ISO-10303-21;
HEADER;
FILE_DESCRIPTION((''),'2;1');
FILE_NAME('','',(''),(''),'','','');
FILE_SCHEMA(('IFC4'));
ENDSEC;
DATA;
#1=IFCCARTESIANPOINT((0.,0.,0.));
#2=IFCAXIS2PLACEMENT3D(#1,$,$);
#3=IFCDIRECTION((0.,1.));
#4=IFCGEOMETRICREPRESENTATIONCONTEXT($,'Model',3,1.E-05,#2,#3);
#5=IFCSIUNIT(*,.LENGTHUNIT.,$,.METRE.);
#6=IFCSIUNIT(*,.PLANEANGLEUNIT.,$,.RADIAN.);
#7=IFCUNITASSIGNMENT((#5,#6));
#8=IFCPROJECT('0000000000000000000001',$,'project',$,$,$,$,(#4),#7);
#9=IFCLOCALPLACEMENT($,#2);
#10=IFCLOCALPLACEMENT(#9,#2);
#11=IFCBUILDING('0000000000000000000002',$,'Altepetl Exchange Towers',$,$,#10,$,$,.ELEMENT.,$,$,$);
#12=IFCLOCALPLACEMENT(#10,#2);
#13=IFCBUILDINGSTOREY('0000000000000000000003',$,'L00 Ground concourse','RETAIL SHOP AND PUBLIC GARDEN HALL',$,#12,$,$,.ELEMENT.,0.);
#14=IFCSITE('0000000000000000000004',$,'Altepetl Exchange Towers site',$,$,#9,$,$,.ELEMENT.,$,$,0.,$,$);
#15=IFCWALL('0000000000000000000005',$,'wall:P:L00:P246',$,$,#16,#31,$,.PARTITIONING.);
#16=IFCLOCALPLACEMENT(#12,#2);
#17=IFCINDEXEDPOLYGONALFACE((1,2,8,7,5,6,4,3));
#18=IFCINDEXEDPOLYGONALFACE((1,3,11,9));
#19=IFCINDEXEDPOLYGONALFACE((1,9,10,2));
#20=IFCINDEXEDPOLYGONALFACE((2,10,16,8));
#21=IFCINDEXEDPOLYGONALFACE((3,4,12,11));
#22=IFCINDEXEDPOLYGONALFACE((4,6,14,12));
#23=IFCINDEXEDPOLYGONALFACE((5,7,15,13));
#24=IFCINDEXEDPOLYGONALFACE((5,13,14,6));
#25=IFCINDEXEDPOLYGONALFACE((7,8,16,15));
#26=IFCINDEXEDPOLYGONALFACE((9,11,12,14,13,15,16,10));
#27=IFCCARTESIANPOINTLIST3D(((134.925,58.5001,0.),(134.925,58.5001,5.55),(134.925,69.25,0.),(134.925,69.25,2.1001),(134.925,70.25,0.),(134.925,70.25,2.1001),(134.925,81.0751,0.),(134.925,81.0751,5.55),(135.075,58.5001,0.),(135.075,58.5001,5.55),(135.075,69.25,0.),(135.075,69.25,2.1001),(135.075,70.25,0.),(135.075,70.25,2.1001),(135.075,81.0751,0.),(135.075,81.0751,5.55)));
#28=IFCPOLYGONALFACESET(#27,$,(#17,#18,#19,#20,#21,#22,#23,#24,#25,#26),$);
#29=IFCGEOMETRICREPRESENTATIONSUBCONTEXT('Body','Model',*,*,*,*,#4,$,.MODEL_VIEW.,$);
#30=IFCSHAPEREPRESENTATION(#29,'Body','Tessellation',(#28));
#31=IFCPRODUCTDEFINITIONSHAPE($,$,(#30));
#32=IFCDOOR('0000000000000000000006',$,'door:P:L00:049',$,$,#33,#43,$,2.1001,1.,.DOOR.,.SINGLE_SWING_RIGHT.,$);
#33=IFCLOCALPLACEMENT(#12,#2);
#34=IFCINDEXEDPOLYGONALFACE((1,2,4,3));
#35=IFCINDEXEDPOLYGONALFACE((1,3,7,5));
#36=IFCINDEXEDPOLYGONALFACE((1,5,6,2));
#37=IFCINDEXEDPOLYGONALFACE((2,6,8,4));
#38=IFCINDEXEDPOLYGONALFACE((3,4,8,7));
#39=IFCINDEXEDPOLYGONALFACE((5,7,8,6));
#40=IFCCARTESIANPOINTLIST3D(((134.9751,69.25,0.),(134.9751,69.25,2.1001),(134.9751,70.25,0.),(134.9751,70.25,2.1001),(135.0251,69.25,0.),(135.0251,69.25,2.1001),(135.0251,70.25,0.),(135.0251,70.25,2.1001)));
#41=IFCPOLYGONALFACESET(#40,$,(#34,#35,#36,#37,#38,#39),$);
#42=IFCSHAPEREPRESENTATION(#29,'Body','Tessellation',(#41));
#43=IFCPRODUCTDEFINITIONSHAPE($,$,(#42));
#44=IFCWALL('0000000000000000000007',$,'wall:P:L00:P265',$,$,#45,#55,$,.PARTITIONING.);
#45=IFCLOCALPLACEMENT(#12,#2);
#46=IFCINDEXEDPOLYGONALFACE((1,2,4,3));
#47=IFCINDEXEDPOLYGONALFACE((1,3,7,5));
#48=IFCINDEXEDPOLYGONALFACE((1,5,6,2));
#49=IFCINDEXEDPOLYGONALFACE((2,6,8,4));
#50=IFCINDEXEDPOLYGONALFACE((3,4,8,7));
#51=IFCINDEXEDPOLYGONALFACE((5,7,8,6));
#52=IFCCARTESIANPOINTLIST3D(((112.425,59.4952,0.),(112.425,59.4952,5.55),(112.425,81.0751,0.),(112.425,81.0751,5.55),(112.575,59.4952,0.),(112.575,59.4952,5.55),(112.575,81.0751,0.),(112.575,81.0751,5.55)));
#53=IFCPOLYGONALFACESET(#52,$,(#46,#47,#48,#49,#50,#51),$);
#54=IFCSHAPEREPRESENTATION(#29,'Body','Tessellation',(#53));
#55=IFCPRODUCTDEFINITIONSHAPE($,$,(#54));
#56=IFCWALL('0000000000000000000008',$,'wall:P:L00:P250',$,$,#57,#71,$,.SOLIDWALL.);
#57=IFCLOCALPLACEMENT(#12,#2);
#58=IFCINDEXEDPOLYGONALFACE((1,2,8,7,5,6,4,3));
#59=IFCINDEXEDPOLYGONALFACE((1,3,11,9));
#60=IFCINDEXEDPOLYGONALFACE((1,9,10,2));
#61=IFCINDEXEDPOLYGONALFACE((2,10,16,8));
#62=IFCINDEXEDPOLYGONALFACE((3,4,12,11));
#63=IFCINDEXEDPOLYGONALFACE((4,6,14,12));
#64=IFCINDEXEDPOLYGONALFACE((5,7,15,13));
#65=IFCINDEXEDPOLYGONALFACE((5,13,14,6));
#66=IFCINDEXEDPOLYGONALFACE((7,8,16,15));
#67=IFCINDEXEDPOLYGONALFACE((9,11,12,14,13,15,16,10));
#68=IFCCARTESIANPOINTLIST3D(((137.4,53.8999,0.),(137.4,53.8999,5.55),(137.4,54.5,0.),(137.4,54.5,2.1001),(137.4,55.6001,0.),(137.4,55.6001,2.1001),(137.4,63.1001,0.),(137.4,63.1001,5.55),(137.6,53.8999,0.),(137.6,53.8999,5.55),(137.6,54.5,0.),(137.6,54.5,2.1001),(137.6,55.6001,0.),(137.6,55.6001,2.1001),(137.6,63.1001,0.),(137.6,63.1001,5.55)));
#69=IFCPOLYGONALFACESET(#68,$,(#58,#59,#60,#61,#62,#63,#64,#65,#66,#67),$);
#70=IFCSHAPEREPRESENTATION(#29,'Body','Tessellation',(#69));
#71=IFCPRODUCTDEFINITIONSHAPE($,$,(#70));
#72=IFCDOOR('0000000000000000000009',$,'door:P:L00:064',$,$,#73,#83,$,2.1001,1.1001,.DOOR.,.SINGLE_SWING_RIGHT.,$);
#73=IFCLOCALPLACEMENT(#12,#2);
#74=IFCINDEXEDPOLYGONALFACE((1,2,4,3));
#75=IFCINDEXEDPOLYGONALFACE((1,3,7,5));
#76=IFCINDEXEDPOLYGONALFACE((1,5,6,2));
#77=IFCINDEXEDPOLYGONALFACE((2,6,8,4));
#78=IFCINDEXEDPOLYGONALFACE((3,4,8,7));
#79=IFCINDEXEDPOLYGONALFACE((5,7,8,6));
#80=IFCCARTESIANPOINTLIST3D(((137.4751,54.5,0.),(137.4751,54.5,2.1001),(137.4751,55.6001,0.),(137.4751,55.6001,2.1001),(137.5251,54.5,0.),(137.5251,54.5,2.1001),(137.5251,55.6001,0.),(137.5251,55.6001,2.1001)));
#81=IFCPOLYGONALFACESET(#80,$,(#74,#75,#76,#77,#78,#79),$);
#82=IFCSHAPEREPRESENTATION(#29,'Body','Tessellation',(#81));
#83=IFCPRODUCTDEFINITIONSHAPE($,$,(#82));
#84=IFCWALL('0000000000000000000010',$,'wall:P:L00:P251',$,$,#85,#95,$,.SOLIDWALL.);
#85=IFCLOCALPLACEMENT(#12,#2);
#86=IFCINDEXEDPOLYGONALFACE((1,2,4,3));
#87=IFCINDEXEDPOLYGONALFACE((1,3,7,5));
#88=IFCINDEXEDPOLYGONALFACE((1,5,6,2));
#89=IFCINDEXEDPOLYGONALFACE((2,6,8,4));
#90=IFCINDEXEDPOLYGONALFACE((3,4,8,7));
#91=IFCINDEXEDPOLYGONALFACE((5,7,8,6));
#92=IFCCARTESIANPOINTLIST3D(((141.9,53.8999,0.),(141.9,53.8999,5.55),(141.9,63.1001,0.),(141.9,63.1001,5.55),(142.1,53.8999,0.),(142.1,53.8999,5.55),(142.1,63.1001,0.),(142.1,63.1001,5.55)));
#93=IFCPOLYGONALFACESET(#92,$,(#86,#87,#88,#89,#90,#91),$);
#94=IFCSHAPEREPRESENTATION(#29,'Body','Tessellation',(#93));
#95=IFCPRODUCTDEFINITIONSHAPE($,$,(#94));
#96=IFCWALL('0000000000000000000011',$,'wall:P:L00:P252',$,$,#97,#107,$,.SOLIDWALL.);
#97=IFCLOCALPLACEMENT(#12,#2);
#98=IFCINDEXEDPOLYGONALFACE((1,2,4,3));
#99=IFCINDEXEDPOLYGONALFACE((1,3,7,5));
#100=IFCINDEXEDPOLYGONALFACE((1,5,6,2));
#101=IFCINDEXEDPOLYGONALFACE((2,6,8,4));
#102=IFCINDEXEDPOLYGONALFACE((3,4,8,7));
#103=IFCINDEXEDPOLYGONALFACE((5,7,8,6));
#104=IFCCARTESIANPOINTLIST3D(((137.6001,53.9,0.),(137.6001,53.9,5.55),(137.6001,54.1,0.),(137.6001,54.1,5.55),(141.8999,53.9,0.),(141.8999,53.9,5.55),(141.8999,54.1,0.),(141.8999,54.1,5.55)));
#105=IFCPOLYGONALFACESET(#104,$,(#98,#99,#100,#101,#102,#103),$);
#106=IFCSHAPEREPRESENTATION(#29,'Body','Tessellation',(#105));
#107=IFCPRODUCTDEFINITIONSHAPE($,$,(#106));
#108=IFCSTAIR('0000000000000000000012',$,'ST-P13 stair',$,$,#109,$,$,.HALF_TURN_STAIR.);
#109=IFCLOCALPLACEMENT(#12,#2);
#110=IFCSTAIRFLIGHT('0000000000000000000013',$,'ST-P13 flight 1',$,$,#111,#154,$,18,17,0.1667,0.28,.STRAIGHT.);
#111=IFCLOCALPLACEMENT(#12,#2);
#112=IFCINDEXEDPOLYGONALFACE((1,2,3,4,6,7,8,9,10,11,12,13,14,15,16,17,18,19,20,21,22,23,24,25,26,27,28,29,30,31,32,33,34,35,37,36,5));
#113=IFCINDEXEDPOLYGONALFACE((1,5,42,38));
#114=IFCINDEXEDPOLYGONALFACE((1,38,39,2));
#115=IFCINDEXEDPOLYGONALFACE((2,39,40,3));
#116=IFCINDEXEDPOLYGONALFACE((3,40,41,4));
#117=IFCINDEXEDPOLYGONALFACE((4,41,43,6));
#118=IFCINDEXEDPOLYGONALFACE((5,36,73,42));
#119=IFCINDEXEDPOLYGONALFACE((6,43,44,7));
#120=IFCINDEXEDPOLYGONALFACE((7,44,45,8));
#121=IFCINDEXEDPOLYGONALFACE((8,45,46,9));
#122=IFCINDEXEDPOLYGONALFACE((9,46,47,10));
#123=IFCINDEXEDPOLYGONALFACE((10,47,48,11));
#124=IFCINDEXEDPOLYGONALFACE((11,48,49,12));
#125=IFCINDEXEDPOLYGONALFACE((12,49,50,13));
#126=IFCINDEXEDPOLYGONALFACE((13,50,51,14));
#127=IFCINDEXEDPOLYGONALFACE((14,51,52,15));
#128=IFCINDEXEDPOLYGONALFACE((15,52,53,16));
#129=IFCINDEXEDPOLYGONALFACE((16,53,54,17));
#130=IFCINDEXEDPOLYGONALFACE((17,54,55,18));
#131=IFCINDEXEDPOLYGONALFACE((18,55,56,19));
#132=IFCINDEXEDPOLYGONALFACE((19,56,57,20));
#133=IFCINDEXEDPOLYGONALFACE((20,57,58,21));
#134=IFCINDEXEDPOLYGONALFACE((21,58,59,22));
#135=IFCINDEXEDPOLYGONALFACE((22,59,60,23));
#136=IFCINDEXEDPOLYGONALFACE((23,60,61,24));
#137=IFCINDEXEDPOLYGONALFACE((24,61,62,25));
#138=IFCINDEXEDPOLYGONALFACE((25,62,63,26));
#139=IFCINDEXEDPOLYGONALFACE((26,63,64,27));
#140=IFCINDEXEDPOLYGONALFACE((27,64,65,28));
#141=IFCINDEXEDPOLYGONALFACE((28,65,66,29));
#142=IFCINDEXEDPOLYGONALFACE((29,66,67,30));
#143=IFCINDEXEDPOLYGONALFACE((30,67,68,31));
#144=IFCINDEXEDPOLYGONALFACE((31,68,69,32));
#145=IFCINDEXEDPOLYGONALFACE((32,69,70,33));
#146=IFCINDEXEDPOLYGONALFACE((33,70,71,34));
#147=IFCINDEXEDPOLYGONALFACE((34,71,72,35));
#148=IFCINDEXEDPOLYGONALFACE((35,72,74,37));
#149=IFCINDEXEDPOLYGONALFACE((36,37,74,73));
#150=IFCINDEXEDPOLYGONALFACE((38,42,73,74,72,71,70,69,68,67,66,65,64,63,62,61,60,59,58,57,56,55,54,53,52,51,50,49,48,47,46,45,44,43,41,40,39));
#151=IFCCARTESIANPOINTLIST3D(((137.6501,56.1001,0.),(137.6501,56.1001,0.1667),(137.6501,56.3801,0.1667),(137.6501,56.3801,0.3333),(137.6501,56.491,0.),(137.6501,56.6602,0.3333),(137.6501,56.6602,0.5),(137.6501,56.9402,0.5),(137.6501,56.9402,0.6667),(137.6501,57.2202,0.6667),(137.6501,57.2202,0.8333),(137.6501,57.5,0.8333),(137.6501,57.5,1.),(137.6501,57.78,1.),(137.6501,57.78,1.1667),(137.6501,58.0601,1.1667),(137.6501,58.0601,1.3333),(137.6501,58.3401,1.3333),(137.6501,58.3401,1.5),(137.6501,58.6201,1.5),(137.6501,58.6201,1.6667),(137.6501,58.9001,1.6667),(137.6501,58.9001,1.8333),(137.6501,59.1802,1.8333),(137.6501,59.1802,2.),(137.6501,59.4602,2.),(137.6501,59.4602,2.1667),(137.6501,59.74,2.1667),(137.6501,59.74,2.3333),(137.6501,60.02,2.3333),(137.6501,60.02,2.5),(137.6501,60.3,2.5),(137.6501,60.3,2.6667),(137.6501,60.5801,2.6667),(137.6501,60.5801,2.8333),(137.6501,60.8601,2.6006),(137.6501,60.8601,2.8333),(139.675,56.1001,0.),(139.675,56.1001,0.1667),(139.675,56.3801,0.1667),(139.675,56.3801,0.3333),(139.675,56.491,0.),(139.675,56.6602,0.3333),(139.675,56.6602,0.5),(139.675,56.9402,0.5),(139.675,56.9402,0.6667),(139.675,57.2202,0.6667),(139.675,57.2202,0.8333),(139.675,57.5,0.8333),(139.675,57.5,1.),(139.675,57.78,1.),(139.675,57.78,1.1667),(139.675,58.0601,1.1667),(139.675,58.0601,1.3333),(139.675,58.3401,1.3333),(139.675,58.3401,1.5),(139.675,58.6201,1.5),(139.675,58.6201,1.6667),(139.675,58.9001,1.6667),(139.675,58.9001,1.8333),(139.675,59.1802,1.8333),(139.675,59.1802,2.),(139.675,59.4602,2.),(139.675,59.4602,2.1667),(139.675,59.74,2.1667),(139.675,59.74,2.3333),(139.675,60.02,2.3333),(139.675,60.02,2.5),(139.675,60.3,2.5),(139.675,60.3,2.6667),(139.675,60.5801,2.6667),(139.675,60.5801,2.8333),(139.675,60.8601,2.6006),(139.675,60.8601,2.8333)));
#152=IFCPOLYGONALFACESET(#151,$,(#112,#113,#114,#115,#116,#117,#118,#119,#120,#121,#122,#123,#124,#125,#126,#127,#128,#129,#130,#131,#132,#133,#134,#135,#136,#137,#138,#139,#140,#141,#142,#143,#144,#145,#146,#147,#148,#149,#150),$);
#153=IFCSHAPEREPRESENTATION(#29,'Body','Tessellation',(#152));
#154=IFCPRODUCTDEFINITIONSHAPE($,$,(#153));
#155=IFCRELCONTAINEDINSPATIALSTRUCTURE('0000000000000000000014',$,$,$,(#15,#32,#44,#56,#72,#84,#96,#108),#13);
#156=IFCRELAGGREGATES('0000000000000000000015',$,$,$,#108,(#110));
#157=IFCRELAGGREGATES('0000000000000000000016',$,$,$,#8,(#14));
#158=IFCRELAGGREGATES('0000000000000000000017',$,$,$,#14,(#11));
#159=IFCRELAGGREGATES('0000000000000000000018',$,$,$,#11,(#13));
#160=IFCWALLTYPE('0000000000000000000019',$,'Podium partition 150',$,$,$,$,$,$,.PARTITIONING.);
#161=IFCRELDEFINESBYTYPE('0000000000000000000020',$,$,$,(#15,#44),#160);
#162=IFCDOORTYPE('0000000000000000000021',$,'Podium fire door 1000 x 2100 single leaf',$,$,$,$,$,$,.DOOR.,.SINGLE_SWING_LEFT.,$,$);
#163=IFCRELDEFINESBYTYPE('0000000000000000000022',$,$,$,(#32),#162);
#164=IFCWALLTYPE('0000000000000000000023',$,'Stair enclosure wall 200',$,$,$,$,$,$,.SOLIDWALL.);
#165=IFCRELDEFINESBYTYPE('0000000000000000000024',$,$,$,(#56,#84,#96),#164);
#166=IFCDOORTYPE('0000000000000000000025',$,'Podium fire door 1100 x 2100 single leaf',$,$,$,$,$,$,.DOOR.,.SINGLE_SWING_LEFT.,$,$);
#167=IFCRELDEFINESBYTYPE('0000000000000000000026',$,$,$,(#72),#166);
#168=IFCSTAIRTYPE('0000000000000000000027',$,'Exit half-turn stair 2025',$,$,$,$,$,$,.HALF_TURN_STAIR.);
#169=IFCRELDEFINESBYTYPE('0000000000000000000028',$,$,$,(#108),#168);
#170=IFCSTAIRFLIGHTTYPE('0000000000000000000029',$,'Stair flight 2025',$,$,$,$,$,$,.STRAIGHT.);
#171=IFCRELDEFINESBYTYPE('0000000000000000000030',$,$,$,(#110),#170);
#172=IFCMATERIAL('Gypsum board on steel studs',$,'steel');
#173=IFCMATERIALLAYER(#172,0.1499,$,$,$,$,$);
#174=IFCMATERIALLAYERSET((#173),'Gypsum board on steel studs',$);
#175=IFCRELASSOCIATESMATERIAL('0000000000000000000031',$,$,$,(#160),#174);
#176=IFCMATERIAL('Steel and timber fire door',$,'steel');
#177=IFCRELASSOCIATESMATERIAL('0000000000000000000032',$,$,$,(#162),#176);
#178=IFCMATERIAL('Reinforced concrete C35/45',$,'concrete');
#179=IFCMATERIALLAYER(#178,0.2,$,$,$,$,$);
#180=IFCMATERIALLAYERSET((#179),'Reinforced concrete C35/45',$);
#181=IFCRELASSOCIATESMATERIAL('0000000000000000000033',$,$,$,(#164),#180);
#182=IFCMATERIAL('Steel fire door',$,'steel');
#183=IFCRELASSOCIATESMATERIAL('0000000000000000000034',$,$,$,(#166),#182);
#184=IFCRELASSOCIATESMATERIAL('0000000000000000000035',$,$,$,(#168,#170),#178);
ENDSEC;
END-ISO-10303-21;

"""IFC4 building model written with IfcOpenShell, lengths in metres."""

from ifc_helpers import new_model, si_unit, direction, frame, frame_2d, origin, place, context, subcontext, project, spatial, polyline, rectangle, outline, extrude, material, layer, layer_set, type_object, element, fill, aggregate, save


model = new_model("IFC4")

# Units and contexts
model_context = context("Model", 3, precision=1e-05, world=origin(), true_north=direction((0.0, 1.0)))
body_context = subcontext(model_context, "Body", "Model", "MODEL_VIEW")
ifc_project = project(units=[si_unit("LENGTHUNIT", "METRE"), si_unit("PLANEANGLEUNIT", "RADIAN")], contexts=[model_context])

# Site, building, storey
site_placement = place(None, origin())
site = spatial("IfcSite", under=ifc_project, at=site_placement, Name="Altepetl Exchange Towers site", CompositionType="ELEMENT", RefElevation=0.0)
building_placement = place(site_placement, origin())
building = spatial("IfcBuilding", under=site, at=building_placement, Name="Altepetl Exchange Towers", CompositionType="ELEMENT")
storey_placement = place(building_placement, origin())
storey = spatial("IfcBuildingStorey", under=building, at=storey_placement, Name="L00 Ground concourse", Description="RETAIL SHOP AND PUBLIC GARDEN HALL", CompositionType="ELEMENT", Elevation=0.0)

# Shared definitions
ifc_material_1 = material(Name="Gypsum board on steel studs", Category="steel")
ifc_layer_1 = layer(ifc_material_1, 0.1499)
ifc_layer_set_1 = layer_set([ifc_layer_1], Name="Gypsum board on steel studs")
wall_type_1 = type_object("IfcWallType", Name="Podium partition 150", PredefinedType="PARTITIONING", material=ifc_layer_set_1)
ifc_material_2 = material(Name="Steel and timber fire door", Category="steel")
door_type_1 = type_object("IfcDoorType", Name="Podium fire door 1000 x 2100 single leaf", OperationType="SINGLE_SWING_LEFT", PredefinedType="DOOR", material=ifc_material_2)

# Wall, opening, door
wall_1_placement = place(storey_placement, frame((135.0, 58.5, 0.0), z_axis=(0.0, 0.0, 1.0), x_axis=(0.0, 1.0, 0.0)))
wall_1 = element("IfcWall", 1, at=wall_1_placement, inside=storey, type_object=wall_type_1, Name="wall:P:L00:P246", PredefinedType="PARTITIONING", context=body_context, shape_type="SweptSolid", body=[
    extrude(rectangle(XDim=22.575, YDim=0.1499, at=frame_2d((11.2876, 0.0))), origin(), (0.0, 0.0, 1.0), 5.55),
])
opening_1_placement = place(wall_1_placement, frame((10.75, 0.0, 0.0)))
opening_1 = element("IfcOpeningElement", 2, at=opening_1_placement, cuts=wall_1, PredefinedType="OPENING", context=body_context, shape_type="SweptSolid", body=[
    extrude(rectangle(XDim=1.0, YDim=2.1001, at=frame_2d((0.5, 1.05))), frame((0.0, 0.085, 0.0), z_axis=(0.0, -1.0, 0.0), x_axis=(1.0, 0.0, 0.0)), (0.0, 0.0, 1.0), 0.1699),
])
door_1_placement = place(opening_1_placement, origin())
door_1 = element("IfcDoor", 3, at=door_1_placement, inside=storey, type_object=door_type_1, Name="door:P:L00:049", OperationType="SINGLE_SWING_RIGHT", OverallHeight=2.1001, OverallWidth=1.0, PredefinedType="DOOR", context=body_context, shape_type="SweptSolid", body=[
    extrude(rectangle(XDim=1.0, YDim=2.1001, at=frame_2d((0.5, 1.05))), frame((0.0, 0.0249, 0.0), z_axis=(0.0, -1.0, 0.0), x_axis=(1.0, 0.0, 0.0)), (0.0, 0.0, 1.0), 0.05),
])
fill(opening_1, door_1)

# Wall
wall_2_placement = place(storey_placement, frame((112.5, 59.4951, 0.0), z_axis=(0.0, 0.0, 1.0), x_axis=(0.0, 1.0, 0.0)))
element("IfcWall", 4, at=wall_2_placement, inside=storey, type_object=wall_type_1, Name="wall:P:L00:P265", PredefinedType="PARTITIONING", context=body_context, shape_type="SweptSolid", body=[
    extrude(rectangle(XDim=21.5798, YDim=0.1499, at=frame_2d((10.79, 0.0))), origin(), (0.0, 0.0, 1.0), 5.55),
])

# Wall, opening, door
ifc_material_3 = material(Name="Reinforced concrete C35/45", Category="concrete")
ifc_layer_2 = layer(ifc_material_3, 0.2)
ifc_layer_set_2 = layer_set([ifc_layer_2], Name="Reinforced concrete C35/45")
wall_type_2 = type_object("IfcWallType", Name="Stair enclosure wall 200", PredefinedType="SOLIDWALL", material=ifc_layer_set_2)
wall_3_placement = place(storey_placement, frame((137.5, 53.8999, 0.0), z_axis=(0.0, 0.0, 1.0), x_axis=(0.0, 1.0, 0.0)))
wall_3 = element("IfcWall", 5, at=wall_3_placement, inside=storey, type_object=wall_type_2, Name="wall:P:L00:P250", PredefinedType="SOLIDWALL", context=body_context, shape_type="SweptSolid", body=[
    extrude(rectangle(XDim=9.2002, YDim=0.2, at=frame_2d((4.6001, 0.0))), origin(), (0.0, 0.0, 1.0), 5.55),
])
opening_2_placement = place(wall_3_placement, frame((0.6001, 0.0, 0.0)))
opening_2 = element("IfcOpeningElement", 6, at=opening_2_placement, cuts=wall_3, PredefinedType="OPENING", context=body_context, shape_type="SweptSolid", body=[
    extrude(rectangle(XDim=1.1001, YDim=2.1001, at=frame_2d((0.55, 1.05))), frame((0.0, 0.1099, 0.0), z_axis=(0.0, -1.0, 0.0), x_axis=(1.0, 0.0, 0.0)), (0.0, 0.0, 1.0), 0.22),
])
ifc_material_4 = material(Name="Steel fire door", Category="steel")
door_type_2 = type_object("IfcDoorType", Name="Podium fire door 1100 x 2100 single leaf", OperationType="SINGLE_SWING_LEFT", PredefinedType="DOOR", material=ifc_material_4)
door_2_placement = place(opening_2_placement, origin())
door_2 = element("IfcDoor", 7, at=door_2_placement, inside=storey, type_object=door_type_2, Name="door:P:L00:064", OperationType="SINGLE_SWING_RIGHT", OverallHeight=2.1001, OverallWidth=1.1001, PredefinedType="DOOR", context=body_context, shape_type="SweptSolid", body=[
    extrude(rectangle(XDim=1.1001, YDim=2.1001, at=frame_2d((0.55, 1.05))), frame((0.0, 0.0249, 0.0), z_axis=(0.0, -1.0, 0.0), x_axis=(1.0, 0.0, 0.0)), (0.0, 0.0, 1.0), 0.05),
])
fill(opening_2, door_2)

# Walls
wall_4_placement = place(storey_placement, frame((142.0, 53.8999, 0.0), z_axis=(0.0, 0.0, 1.0), x_axis=(0.0, 1.0, 0.0)))
element("IfcWall", 8, at=wall_4_placement, inside=storey, type_object=wall_type_2, Name="wall:P:L00:P251", PredefinedType="SOLIDWALL", context=body_context, shape_type="SweptSolid", body=[
    extrude(rectangle(XDim=9.2002, YDim=0.2, at=frame_2d((4.6001, 0.0))), origin(), (0.0, 0.0, 1.0), 5.55),
])
wall_5_placement = place(storey_placement, frame((137.6001, 54.0, 0.0)))
element("IfcWall", 9, at=wall_5_placement, inside=storey, type_object=wall_type_2, Name="wall:P:L00:P252", PredefinedType="SOLIDWALL", context=body_context, shape_type="SweptSolid", body=[
    extrude(rectangle(XDim=4.2998, YDim=0.2, at=frame_2d((2.1499, 0.0))), origin(), (0.0, 0.0, 1.0), 5.55),
])

# Stair, stair flight
stair_type = type_object("IfcStairType", Name="Exit half-turn stair 2025", PredefinedType="HALF_TURN_STAIR", material=ifc_material_3)
stair_placement = place(storey_placement, origin())
stair = element("IfcStair", 10, at=stair_placement, inside=storey, type_object=stair_type, Name="ST-P13 stair", PredefinedType="HALF_TURN_STAIR")
stair_flight_type = type_object("IfcStairFlightType", Name="Stair flight 2025", PredefinedType="STRAIGHT", material=ifc_material_3)
stair_flight_placement = place(storey_placement, frame((138.6626, 56.1001, 0.0), z_axis=(0.0, 0.0, 1.0), x_axis=(0.0, 1.0, 0.0)))
stair_flight = element("IfcStairFlight", 11, at=stair_flight_placement, type_object=stair_flight_type, Name="ST-P13 flight 1", NumberOfRisers=18, NumberOfTreads=17, PredefinedType="STRAIGHT", RiserHeight=0.1667, TreadLength=0.28, context=body_context, shape_type="SweptSolid", body=[
    extrude(outline(polyline([(0.0, 0.0), (0.0, 0.1667), (0.28, 0.1667), (0.28, 0.3333), (0.5601, 0.3333), (0.5601, 0.5), (0.8401, 0.5), (0.8401, 0.6667), (1.1201, 0.6667), (1.1201, 0.8333), (1.3999, 0.8333), (1.3999, 1.0), (1.6799, 1.0), (1.6799, 1.1667), (1.96, 1.1667), (1.96, 1.3333), (2.24, 1.3333), (2.24, 1.5), (2.52, 1.5), (2.52, 1.6667), (2.8, 1.6667), (2.8, 1.8333), (3.0801, 1.8333), (3.0801, 2.0), (3.3601, 2.0), (3.3601, 2.1667), (3.6399, 2.1667), (3.6399, 2.3333), (3.9199, 2.3333), (3.9199, 2.5), (4.2, 2.5), (4.2, 2.6667), (4.48, 2.6667), (4.48, 2.8333), (4.76, 2.8333), (4.76, 3.0), (4.76, 2.6006), (0.3909, 0.0), (0.0, 0.0)])), frame((0.0, 1.0125, 0.0), z_axis=(0.0, -1.0, 0.0), x_axis=(1.0, 0.0, 0.0)), (0.0, 0.0, 1.0), 2.0249),
])
aggregate(stair, [stair_flight])

save(model, "model.ifc")
